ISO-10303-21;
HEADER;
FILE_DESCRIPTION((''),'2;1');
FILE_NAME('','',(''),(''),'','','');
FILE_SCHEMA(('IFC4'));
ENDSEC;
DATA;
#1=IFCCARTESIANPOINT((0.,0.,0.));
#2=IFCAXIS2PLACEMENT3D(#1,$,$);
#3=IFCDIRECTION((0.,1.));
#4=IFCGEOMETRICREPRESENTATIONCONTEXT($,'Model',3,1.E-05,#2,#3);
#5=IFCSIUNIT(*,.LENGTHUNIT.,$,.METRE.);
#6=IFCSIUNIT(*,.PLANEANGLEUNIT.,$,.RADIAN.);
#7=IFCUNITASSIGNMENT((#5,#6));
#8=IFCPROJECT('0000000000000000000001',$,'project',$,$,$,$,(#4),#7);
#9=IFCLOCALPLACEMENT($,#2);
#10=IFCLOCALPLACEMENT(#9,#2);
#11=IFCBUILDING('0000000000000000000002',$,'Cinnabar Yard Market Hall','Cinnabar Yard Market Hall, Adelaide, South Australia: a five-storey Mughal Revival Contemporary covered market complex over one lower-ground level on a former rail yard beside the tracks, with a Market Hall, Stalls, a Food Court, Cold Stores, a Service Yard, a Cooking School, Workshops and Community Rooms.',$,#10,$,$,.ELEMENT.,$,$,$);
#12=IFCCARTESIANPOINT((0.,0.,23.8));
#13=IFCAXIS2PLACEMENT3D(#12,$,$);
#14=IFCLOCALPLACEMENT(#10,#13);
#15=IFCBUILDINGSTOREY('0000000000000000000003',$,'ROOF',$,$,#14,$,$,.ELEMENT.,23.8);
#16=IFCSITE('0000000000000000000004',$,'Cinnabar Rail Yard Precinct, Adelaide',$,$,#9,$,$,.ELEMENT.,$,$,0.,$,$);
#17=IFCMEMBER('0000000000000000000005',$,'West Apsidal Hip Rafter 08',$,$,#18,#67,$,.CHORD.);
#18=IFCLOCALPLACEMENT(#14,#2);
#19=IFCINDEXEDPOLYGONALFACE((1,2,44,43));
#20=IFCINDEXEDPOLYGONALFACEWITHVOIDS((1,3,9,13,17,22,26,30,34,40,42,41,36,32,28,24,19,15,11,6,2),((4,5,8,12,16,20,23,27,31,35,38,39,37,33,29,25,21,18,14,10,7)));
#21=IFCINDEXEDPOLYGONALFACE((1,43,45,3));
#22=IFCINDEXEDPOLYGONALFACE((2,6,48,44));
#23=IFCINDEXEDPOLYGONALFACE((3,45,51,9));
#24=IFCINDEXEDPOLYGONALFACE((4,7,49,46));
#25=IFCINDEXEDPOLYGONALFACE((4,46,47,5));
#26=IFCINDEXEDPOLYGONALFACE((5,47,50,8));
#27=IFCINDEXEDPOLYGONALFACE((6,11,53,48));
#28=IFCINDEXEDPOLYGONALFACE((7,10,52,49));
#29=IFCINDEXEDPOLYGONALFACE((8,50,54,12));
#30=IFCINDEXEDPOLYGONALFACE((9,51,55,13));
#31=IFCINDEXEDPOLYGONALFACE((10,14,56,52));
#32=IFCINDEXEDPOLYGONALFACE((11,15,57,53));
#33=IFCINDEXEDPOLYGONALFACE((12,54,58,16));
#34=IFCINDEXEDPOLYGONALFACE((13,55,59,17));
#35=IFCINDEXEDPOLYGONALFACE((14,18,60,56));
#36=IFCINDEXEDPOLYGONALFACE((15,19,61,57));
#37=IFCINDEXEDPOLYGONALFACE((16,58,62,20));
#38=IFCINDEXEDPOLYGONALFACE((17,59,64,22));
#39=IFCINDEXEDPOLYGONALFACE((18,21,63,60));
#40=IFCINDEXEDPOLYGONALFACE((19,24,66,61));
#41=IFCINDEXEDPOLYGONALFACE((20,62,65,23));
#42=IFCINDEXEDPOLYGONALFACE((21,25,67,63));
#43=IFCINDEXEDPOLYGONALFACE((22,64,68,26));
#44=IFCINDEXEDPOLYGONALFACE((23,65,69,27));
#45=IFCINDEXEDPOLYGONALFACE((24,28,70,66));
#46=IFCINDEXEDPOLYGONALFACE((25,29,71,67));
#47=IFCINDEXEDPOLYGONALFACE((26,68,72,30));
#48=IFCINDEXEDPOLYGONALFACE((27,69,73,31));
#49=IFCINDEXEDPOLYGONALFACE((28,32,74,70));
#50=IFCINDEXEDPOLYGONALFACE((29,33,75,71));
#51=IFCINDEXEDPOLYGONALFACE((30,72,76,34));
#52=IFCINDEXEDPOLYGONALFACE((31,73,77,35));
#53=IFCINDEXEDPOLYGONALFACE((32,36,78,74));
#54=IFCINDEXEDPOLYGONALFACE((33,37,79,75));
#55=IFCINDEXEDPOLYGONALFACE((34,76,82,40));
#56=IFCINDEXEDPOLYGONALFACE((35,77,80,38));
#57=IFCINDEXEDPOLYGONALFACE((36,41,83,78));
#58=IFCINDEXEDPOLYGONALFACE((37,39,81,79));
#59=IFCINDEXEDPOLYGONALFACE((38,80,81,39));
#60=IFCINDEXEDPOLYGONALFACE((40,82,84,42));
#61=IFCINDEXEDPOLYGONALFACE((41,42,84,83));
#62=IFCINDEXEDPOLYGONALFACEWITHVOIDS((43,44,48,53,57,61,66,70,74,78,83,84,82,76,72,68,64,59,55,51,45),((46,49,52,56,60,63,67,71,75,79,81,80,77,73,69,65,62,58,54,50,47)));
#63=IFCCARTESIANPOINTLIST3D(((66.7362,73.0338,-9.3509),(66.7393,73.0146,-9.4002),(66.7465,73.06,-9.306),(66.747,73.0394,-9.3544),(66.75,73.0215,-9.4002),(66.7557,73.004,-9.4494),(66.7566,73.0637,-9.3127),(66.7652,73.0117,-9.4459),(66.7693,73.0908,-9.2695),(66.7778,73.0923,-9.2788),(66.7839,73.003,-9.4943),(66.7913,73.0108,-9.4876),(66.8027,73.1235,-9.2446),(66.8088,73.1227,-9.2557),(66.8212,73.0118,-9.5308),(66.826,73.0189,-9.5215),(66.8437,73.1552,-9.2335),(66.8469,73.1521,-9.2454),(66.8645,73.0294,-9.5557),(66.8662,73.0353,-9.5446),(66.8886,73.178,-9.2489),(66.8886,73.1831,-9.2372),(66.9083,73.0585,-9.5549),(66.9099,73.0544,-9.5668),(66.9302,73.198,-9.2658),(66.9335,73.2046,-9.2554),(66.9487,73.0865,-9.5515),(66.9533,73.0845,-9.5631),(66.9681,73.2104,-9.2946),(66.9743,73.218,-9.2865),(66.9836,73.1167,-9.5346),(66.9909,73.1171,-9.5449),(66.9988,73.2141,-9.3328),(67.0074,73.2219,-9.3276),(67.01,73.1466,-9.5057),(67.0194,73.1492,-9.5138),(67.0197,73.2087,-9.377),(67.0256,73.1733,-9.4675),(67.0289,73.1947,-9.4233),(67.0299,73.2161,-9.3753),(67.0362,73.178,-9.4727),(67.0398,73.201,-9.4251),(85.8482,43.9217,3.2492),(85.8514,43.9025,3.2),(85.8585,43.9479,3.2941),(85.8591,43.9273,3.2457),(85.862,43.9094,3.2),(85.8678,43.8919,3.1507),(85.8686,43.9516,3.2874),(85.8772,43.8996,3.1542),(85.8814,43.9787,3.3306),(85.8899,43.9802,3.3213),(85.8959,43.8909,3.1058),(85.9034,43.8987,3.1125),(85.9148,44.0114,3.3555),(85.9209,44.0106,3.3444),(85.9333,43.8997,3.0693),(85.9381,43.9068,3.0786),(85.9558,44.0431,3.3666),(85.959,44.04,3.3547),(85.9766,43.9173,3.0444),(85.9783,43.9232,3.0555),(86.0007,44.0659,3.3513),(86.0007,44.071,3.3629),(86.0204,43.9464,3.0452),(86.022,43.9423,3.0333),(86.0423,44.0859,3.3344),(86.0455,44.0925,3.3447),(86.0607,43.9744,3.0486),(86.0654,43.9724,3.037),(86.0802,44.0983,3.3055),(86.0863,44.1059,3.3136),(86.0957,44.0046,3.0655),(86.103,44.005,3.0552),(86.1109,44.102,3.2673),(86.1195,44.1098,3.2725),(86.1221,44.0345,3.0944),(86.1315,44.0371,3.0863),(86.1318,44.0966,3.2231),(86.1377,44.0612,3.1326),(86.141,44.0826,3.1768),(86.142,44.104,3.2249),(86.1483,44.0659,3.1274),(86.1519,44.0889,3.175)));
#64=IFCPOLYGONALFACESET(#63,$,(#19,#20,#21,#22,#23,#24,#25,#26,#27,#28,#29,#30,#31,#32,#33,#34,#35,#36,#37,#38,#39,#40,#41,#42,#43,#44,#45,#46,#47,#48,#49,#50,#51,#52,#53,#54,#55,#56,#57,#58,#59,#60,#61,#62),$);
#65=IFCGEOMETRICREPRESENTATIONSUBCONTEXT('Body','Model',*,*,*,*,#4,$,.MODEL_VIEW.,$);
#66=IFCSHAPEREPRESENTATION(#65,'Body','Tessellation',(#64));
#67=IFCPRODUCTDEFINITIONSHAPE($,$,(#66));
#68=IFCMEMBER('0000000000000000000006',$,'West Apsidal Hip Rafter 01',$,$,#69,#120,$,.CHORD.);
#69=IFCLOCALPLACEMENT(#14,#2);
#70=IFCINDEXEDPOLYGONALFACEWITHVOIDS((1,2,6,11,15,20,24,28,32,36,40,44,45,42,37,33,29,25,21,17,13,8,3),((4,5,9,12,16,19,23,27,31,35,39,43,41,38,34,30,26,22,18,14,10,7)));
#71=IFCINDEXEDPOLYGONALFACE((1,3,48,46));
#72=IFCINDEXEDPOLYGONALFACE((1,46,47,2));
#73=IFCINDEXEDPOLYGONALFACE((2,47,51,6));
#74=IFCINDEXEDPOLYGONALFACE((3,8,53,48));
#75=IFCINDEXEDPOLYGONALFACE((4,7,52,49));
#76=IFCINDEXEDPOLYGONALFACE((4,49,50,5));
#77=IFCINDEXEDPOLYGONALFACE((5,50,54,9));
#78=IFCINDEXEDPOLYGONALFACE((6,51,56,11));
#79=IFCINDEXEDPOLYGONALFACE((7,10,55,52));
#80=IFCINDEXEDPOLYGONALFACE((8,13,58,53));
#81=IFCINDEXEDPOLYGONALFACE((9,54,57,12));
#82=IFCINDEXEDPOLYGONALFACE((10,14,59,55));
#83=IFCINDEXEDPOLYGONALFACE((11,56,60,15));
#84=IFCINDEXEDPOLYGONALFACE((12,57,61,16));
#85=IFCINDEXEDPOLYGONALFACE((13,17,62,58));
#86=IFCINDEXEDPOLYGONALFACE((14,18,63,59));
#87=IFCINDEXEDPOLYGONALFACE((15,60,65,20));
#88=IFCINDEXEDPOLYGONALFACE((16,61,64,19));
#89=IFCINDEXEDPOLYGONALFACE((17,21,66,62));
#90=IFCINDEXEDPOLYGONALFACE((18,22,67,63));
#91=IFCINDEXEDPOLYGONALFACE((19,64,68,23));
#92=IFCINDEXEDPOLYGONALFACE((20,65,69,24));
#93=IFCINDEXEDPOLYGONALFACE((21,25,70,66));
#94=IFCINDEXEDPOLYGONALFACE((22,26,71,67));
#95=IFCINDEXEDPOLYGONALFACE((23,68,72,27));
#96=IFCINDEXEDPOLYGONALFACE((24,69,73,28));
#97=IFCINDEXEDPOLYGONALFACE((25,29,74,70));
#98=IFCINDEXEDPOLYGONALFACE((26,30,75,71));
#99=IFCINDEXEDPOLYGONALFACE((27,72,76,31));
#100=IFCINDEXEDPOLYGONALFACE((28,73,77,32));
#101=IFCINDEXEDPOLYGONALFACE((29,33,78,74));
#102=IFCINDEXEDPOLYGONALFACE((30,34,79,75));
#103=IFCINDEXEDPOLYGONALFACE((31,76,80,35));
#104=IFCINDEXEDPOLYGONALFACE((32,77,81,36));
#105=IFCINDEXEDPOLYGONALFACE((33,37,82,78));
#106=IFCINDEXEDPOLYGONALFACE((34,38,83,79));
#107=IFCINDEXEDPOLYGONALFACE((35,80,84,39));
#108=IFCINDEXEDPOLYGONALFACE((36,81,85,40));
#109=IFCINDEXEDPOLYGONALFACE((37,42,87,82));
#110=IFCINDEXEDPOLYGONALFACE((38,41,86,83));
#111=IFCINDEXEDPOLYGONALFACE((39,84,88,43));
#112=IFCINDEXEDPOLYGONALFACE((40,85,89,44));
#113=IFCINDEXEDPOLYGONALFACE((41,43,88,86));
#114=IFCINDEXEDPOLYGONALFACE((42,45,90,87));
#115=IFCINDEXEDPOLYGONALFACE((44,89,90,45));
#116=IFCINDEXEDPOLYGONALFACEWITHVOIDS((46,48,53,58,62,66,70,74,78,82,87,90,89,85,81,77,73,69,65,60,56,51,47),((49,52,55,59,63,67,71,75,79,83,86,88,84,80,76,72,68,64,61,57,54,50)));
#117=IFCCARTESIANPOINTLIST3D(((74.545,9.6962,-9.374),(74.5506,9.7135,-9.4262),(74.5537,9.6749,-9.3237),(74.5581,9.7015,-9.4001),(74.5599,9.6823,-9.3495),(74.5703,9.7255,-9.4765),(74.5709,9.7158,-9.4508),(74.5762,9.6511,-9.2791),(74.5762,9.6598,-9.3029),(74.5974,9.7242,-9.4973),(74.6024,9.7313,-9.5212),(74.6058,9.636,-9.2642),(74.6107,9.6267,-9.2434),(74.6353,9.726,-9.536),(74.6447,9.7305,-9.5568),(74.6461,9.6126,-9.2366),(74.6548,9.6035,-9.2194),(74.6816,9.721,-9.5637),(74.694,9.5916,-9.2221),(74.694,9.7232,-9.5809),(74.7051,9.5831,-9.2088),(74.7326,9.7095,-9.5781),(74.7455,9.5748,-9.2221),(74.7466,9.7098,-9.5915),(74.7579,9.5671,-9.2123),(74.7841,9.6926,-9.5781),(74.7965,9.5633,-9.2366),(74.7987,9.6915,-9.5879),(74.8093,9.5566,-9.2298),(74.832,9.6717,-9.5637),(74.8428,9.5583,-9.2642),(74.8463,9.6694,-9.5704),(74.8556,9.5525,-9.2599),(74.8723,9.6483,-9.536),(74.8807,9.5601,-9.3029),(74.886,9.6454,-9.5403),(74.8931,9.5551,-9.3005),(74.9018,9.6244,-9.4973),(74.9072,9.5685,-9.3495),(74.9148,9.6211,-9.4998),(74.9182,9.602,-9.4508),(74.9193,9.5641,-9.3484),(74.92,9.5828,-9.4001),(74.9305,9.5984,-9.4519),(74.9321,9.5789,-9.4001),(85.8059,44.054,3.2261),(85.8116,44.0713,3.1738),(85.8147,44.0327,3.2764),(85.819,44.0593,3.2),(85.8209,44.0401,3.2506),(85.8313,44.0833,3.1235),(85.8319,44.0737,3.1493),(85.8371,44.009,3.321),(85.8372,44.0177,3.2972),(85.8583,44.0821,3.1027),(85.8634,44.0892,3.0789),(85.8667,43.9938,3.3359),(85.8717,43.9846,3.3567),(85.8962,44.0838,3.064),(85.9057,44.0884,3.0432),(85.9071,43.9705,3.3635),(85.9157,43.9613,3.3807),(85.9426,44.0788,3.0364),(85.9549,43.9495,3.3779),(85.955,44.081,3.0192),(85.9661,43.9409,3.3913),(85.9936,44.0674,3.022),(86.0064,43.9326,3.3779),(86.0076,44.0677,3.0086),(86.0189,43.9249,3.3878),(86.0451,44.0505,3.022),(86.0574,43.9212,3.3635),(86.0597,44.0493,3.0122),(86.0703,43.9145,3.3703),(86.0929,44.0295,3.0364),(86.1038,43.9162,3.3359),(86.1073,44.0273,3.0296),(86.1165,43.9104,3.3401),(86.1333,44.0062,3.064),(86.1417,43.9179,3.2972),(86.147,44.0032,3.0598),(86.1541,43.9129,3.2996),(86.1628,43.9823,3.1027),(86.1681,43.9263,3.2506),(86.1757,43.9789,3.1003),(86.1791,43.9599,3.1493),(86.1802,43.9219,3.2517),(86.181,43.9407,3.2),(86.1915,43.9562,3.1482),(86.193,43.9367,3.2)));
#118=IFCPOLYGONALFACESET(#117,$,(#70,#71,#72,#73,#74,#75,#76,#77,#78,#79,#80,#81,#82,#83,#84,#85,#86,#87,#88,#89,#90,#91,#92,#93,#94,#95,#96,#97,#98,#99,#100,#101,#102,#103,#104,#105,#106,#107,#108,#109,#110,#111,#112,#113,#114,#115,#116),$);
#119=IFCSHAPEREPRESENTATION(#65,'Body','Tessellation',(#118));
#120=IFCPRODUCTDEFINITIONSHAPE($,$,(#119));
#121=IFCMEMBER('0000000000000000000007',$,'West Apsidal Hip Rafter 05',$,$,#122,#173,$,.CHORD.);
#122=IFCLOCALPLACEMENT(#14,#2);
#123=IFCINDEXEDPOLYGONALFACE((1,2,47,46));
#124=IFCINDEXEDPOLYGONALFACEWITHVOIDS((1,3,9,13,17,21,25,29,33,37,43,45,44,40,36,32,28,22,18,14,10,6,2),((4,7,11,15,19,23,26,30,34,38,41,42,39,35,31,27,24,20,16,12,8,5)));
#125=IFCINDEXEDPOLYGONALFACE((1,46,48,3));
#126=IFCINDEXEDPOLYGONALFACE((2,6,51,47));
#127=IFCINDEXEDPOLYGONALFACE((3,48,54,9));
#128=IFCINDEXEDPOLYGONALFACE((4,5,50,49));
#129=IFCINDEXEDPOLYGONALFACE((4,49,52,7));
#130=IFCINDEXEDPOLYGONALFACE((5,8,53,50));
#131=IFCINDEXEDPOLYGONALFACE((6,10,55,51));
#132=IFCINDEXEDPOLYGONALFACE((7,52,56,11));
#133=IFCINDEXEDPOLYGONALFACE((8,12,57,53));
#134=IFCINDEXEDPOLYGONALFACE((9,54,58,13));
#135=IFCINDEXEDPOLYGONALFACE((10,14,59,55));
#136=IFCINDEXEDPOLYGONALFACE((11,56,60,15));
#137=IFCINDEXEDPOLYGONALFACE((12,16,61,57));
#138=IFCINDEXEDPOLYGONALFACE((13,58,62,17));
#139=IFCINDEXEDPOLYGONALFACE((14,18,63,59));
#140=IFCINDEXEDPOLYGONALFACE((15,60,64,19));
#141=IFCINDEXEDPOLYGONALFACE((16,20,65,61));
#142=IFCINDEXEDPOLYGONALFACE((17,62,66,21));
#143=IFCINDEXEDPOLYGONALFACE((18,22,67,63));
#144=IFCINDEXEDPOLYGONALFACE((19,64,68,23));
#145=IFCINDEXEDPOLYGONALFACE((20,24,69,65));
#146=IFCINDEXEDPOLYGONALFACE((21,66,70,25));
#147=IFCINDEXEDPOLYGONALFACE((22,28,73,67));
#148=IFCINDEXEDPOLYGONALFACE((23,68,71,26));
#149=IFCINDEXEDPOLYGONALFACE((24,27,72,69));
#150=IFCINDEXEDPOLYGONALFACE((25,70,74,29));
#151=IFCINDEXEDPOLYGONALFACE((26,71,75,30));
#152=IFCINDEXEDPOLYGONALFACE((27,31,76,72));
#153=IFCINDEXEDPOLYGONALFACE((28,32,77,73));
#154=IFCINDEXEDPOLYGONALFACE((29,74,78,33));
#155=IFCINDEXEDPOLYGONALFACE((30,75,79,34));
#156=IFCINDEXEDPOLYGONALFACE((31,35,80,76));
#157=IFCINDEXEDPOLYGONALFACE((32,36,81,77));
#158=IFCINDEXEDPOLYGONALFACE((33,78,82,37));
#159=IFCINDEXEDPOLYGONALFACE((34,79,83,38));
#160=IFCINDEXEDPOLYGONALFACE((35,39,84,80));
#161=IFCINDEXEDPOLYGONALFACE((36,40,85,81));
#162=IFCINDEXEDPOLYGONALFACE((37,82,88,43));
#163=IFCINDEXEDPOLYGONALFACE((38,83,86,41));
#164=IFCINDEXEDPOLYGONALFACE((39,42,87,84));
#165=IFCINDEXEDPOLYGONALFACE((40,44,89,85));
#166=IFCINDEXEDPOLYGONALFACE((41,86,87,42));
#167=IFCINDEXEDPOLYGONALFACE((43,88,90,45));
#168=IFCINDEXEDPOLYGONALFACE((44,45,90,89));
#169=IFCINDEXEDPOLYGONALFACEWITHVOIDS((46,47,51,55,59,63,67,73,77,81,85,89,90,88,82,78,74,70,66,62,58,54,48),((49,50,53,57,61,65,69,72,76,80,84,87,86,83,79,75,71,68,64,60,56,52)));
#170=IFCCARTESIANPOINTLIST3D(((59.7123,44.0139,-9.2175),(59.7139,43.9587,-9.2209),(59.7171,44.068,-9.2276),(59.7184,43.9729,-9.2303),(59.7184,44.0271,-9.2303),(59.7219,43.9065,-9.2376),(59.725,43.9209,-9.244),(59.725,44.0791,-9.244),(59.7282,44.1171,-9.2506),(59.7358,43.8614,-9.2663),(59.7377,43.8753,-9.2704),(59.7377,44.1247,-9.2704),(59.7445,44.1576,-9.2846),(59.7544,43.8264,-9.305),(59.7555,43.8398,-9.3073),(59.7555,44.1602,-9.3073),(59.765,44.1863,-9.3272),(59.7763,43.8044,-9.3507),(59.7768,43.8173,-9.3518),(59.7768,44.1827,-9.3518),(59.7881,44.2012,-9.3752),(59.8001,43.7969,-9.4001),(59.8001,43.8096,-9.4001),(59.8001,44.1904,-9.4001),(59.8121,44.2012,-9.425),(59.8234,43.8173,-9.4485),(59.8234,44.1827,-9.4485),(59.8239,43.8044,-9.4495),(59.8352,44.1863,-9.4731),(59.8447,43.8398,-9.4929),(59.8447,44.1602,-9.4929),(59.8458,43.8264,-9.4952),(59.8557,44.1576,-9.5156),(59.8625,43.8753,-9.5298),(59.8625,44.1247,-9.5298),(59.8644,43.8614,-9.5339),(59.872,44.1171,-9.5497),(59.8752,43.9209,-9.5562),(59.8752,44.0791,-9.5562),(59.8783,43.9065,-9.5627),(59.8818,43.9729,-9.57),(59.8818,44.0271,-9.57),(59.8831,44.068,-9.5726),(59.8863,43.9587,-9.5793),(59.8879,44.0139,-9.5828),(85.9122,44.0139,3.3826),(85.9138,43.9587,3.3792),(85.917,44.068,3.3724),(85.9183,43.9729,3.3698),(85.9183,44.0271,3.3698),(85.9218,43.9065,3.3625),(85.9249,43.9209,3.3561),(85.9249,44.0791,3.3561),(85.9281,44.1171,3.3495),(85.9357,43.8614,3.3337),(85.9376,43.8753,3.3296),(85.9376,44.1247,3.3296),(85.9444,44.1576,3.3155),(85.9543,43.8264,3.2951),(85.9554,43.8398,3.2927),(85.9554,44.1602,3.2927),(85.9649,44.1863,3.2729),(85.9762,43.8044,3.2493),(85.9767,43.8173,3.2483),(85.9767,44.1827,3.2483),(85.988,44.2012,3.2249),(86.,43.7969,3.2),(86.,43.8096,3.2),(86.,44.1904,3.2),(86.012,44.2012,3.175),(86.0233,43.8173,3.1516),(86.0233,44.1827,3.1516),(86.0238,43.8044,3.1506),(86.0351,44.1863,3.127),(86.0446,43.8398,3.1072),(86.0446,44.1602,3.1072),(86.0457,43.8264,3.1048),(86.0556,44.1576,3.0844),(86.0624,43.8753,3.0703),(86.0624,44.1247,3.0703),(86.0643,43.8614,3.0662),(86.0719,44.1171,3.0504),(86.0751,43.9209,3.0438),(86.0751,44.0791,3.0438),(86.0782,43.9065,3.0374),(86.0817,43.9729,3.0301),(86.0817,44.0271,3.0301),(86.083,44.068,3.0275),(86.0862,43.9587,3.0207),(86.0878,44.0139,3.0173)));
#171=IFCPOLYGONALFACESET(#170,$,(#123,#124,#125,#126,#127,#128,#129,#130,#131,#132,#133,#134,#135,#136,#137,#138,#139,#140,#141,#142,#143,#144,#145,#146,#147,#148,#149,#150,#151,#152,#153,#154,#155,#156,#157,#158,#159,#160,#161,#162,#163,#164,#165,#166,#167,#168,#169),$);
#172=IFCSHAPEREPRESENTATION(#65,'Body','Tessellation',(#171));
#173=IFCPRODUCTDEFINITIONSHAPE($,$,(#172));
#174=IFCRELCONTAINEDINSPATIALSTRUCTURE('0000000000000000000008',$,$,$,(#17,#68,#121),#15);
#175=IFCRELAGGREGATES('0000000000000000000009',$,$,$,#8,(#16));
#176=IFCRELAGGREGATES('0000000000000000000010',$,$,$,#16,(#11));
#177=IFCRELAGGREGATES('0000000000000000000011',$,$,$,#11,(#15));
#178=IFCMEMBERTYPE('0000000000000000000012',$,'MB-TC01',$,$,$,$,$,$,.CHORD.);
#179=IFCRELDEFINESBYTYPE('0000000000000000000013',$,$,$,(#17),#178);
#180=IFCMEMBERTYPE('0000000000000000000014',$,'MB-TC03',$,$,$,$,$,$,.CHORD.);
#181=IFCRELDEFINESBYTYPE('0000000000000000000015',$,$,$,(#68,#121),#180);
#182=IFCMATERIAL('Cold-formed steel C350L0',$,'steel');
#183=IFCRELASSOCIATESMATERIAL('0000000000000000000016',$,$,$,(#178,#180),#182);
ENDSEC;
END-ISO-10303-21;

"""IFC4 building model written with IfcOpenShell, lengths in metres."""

from ifc_helpers import new_model, si_unit, direction, frame, origin, origin_2d_with_axis, place, context, subcontext, project, spatial, hollow_circle, extrude, material, material_profile, profile_set, type_object, element, save


model = new_model("IFC4")

# Units and contexts
model_context = context("Model", 3, precision=1e-05, world=origin(), true_north=direction((0.0, 1.0)))
body_context = subcontext(model_context, "Body", "Model", "MODEL_VIEW")
ifc_project = project(units=[si_unit("LENGTHUNIT", "METRE"), si_unit("PLANEANGLEUNIT", "RADIAN")], contexts=[model_context])

# Site, building, storey
site_placement = place(None, origin())
site = spatial("IfcSite", under=ifc_project, at=site_placement, Name="Cinnabar Rail Yard Precinct, Adelaide", CompositionType="ELEMENT", RefElevation=0.0)
building_placement = place(site_placement, origin())
building = spatial("IfcBuilding", under=site, at=building_placement, Name="Cinnabar Yard Market Hall", Description="Cinnabar Yard Market Hall, Adelaide, South Australia: a five-storey Mughal Revival Contemporary covered market complex over one lower-ground level on a former rail yard beside the tracks, with a Market Hall, Stalls, a Food Court, Cold Stores, a Service Yard, a Cooking School, Workshops and Community Rooms.", CompositionType="ELEMENT")
storey_placement = place(building_placement, frame((0.0, 0.0, 23.8)))
storey = spatial("IfcBuildingStorey", under=building, at=storey_placement, Name="ROOF", CompositionType="ELEMENT", Elevation=23.8)

# Members
ifc_material_1 = material(Name="Cold-formed steel C350L0", Category="steel")
ifc_material_profile_1 = material_profile(ifc_material_1, hollow_circle(Radius=0.1777, WallThickness=0.0127, at=origin_2d_with_axis()), Name="355.6x12.7CHS")
ifc_profile_set_1 = profile_set([ifc_material_profile_1], Name="Cold-formed steel C350L0")
member_type_1 = type_object("IfcMemberType", Name="MB-TC01", PredefinedType="CHORD", material=ifc_profile_set_1)
member_1_placement = place(storey_placement, frame((86.0, 44.0, 3.2), z_axis=(-0.516063, 0.786082, -0.340227), x_axis=(-0.835952, -0.548802, 0.0)))
element("IfcMember", 1, at=member_1_placement, inside=storey, type_object=member_type_1, Name="West Apsidal Hip Rafter 08", PredefinedType="CHORD", context=body_context, shape_type="SweptSolid", body=[
    extrude(hollow_circle(Radius=0.1777, WallThickness=0.0127, at=origin_2d_with_axis()), origin(), (0.0, 0.0, 1.0), 37.0344),
])
ifc_material_profile_2 = material_profile(ifc_material_1, hollow_circle(Radius=0.2031, WallThickness=0.0127, at=origin_2d_with_axis()), Name="406.4x12.7CHS")
ifc_profile_set_2 = profile_set([ifc_material_profile_2], Name="Cold-formed steel C350L0")
member_type_2 = type_object("IfcMemberType", Name="MB-TC03", PredefinedType="CHORD", material=ifc_profile_set_2)
member_2_placement = place(storey_placement, frame((86.0, 44.0, 3.2), z_axis=(-0.294106, -0.897334, -0.32908), x_axis=(0.950261, -0.311453, 0.0)))
element("IfcMember", 2, at=member_2_placement, inside=storey, type_object=member_type_2, Name="West Apsidal Hip Rafter 01", PredefinedType="CHORD", context=body_context, shape_type="SweptSolid", body=[
    extrude(hollow_circle(Radius=0.2031, WallThickness=0.0127, at=origin_2d_with_axis()), origin(), (0.0, 0.0, 1.0), 38.2888),
])
member_3_placement = place(storey_placement, frame((86.0, 44.0, 3.2), z_axis=(-0.901199, 0.0, -0.433405), x_axis=(0.0, -1.0, 0.0)))
element("IfcMember", 3, at=member_3_placement, inside=storey, type_object=member_type_2, Name="West Apsidal Hip Rafter 05", PredefinedType="CHORD", context=body_context, shape_type="SweptSolid", body=[
    extrude(hollow_circle(Radius=0.2031, WallThickness=0.0127, at=origin_2d_with_axis()), origin(), (0.0, 0.0, 1.0), 29.0723),
])

save(model, "model.ifc")
